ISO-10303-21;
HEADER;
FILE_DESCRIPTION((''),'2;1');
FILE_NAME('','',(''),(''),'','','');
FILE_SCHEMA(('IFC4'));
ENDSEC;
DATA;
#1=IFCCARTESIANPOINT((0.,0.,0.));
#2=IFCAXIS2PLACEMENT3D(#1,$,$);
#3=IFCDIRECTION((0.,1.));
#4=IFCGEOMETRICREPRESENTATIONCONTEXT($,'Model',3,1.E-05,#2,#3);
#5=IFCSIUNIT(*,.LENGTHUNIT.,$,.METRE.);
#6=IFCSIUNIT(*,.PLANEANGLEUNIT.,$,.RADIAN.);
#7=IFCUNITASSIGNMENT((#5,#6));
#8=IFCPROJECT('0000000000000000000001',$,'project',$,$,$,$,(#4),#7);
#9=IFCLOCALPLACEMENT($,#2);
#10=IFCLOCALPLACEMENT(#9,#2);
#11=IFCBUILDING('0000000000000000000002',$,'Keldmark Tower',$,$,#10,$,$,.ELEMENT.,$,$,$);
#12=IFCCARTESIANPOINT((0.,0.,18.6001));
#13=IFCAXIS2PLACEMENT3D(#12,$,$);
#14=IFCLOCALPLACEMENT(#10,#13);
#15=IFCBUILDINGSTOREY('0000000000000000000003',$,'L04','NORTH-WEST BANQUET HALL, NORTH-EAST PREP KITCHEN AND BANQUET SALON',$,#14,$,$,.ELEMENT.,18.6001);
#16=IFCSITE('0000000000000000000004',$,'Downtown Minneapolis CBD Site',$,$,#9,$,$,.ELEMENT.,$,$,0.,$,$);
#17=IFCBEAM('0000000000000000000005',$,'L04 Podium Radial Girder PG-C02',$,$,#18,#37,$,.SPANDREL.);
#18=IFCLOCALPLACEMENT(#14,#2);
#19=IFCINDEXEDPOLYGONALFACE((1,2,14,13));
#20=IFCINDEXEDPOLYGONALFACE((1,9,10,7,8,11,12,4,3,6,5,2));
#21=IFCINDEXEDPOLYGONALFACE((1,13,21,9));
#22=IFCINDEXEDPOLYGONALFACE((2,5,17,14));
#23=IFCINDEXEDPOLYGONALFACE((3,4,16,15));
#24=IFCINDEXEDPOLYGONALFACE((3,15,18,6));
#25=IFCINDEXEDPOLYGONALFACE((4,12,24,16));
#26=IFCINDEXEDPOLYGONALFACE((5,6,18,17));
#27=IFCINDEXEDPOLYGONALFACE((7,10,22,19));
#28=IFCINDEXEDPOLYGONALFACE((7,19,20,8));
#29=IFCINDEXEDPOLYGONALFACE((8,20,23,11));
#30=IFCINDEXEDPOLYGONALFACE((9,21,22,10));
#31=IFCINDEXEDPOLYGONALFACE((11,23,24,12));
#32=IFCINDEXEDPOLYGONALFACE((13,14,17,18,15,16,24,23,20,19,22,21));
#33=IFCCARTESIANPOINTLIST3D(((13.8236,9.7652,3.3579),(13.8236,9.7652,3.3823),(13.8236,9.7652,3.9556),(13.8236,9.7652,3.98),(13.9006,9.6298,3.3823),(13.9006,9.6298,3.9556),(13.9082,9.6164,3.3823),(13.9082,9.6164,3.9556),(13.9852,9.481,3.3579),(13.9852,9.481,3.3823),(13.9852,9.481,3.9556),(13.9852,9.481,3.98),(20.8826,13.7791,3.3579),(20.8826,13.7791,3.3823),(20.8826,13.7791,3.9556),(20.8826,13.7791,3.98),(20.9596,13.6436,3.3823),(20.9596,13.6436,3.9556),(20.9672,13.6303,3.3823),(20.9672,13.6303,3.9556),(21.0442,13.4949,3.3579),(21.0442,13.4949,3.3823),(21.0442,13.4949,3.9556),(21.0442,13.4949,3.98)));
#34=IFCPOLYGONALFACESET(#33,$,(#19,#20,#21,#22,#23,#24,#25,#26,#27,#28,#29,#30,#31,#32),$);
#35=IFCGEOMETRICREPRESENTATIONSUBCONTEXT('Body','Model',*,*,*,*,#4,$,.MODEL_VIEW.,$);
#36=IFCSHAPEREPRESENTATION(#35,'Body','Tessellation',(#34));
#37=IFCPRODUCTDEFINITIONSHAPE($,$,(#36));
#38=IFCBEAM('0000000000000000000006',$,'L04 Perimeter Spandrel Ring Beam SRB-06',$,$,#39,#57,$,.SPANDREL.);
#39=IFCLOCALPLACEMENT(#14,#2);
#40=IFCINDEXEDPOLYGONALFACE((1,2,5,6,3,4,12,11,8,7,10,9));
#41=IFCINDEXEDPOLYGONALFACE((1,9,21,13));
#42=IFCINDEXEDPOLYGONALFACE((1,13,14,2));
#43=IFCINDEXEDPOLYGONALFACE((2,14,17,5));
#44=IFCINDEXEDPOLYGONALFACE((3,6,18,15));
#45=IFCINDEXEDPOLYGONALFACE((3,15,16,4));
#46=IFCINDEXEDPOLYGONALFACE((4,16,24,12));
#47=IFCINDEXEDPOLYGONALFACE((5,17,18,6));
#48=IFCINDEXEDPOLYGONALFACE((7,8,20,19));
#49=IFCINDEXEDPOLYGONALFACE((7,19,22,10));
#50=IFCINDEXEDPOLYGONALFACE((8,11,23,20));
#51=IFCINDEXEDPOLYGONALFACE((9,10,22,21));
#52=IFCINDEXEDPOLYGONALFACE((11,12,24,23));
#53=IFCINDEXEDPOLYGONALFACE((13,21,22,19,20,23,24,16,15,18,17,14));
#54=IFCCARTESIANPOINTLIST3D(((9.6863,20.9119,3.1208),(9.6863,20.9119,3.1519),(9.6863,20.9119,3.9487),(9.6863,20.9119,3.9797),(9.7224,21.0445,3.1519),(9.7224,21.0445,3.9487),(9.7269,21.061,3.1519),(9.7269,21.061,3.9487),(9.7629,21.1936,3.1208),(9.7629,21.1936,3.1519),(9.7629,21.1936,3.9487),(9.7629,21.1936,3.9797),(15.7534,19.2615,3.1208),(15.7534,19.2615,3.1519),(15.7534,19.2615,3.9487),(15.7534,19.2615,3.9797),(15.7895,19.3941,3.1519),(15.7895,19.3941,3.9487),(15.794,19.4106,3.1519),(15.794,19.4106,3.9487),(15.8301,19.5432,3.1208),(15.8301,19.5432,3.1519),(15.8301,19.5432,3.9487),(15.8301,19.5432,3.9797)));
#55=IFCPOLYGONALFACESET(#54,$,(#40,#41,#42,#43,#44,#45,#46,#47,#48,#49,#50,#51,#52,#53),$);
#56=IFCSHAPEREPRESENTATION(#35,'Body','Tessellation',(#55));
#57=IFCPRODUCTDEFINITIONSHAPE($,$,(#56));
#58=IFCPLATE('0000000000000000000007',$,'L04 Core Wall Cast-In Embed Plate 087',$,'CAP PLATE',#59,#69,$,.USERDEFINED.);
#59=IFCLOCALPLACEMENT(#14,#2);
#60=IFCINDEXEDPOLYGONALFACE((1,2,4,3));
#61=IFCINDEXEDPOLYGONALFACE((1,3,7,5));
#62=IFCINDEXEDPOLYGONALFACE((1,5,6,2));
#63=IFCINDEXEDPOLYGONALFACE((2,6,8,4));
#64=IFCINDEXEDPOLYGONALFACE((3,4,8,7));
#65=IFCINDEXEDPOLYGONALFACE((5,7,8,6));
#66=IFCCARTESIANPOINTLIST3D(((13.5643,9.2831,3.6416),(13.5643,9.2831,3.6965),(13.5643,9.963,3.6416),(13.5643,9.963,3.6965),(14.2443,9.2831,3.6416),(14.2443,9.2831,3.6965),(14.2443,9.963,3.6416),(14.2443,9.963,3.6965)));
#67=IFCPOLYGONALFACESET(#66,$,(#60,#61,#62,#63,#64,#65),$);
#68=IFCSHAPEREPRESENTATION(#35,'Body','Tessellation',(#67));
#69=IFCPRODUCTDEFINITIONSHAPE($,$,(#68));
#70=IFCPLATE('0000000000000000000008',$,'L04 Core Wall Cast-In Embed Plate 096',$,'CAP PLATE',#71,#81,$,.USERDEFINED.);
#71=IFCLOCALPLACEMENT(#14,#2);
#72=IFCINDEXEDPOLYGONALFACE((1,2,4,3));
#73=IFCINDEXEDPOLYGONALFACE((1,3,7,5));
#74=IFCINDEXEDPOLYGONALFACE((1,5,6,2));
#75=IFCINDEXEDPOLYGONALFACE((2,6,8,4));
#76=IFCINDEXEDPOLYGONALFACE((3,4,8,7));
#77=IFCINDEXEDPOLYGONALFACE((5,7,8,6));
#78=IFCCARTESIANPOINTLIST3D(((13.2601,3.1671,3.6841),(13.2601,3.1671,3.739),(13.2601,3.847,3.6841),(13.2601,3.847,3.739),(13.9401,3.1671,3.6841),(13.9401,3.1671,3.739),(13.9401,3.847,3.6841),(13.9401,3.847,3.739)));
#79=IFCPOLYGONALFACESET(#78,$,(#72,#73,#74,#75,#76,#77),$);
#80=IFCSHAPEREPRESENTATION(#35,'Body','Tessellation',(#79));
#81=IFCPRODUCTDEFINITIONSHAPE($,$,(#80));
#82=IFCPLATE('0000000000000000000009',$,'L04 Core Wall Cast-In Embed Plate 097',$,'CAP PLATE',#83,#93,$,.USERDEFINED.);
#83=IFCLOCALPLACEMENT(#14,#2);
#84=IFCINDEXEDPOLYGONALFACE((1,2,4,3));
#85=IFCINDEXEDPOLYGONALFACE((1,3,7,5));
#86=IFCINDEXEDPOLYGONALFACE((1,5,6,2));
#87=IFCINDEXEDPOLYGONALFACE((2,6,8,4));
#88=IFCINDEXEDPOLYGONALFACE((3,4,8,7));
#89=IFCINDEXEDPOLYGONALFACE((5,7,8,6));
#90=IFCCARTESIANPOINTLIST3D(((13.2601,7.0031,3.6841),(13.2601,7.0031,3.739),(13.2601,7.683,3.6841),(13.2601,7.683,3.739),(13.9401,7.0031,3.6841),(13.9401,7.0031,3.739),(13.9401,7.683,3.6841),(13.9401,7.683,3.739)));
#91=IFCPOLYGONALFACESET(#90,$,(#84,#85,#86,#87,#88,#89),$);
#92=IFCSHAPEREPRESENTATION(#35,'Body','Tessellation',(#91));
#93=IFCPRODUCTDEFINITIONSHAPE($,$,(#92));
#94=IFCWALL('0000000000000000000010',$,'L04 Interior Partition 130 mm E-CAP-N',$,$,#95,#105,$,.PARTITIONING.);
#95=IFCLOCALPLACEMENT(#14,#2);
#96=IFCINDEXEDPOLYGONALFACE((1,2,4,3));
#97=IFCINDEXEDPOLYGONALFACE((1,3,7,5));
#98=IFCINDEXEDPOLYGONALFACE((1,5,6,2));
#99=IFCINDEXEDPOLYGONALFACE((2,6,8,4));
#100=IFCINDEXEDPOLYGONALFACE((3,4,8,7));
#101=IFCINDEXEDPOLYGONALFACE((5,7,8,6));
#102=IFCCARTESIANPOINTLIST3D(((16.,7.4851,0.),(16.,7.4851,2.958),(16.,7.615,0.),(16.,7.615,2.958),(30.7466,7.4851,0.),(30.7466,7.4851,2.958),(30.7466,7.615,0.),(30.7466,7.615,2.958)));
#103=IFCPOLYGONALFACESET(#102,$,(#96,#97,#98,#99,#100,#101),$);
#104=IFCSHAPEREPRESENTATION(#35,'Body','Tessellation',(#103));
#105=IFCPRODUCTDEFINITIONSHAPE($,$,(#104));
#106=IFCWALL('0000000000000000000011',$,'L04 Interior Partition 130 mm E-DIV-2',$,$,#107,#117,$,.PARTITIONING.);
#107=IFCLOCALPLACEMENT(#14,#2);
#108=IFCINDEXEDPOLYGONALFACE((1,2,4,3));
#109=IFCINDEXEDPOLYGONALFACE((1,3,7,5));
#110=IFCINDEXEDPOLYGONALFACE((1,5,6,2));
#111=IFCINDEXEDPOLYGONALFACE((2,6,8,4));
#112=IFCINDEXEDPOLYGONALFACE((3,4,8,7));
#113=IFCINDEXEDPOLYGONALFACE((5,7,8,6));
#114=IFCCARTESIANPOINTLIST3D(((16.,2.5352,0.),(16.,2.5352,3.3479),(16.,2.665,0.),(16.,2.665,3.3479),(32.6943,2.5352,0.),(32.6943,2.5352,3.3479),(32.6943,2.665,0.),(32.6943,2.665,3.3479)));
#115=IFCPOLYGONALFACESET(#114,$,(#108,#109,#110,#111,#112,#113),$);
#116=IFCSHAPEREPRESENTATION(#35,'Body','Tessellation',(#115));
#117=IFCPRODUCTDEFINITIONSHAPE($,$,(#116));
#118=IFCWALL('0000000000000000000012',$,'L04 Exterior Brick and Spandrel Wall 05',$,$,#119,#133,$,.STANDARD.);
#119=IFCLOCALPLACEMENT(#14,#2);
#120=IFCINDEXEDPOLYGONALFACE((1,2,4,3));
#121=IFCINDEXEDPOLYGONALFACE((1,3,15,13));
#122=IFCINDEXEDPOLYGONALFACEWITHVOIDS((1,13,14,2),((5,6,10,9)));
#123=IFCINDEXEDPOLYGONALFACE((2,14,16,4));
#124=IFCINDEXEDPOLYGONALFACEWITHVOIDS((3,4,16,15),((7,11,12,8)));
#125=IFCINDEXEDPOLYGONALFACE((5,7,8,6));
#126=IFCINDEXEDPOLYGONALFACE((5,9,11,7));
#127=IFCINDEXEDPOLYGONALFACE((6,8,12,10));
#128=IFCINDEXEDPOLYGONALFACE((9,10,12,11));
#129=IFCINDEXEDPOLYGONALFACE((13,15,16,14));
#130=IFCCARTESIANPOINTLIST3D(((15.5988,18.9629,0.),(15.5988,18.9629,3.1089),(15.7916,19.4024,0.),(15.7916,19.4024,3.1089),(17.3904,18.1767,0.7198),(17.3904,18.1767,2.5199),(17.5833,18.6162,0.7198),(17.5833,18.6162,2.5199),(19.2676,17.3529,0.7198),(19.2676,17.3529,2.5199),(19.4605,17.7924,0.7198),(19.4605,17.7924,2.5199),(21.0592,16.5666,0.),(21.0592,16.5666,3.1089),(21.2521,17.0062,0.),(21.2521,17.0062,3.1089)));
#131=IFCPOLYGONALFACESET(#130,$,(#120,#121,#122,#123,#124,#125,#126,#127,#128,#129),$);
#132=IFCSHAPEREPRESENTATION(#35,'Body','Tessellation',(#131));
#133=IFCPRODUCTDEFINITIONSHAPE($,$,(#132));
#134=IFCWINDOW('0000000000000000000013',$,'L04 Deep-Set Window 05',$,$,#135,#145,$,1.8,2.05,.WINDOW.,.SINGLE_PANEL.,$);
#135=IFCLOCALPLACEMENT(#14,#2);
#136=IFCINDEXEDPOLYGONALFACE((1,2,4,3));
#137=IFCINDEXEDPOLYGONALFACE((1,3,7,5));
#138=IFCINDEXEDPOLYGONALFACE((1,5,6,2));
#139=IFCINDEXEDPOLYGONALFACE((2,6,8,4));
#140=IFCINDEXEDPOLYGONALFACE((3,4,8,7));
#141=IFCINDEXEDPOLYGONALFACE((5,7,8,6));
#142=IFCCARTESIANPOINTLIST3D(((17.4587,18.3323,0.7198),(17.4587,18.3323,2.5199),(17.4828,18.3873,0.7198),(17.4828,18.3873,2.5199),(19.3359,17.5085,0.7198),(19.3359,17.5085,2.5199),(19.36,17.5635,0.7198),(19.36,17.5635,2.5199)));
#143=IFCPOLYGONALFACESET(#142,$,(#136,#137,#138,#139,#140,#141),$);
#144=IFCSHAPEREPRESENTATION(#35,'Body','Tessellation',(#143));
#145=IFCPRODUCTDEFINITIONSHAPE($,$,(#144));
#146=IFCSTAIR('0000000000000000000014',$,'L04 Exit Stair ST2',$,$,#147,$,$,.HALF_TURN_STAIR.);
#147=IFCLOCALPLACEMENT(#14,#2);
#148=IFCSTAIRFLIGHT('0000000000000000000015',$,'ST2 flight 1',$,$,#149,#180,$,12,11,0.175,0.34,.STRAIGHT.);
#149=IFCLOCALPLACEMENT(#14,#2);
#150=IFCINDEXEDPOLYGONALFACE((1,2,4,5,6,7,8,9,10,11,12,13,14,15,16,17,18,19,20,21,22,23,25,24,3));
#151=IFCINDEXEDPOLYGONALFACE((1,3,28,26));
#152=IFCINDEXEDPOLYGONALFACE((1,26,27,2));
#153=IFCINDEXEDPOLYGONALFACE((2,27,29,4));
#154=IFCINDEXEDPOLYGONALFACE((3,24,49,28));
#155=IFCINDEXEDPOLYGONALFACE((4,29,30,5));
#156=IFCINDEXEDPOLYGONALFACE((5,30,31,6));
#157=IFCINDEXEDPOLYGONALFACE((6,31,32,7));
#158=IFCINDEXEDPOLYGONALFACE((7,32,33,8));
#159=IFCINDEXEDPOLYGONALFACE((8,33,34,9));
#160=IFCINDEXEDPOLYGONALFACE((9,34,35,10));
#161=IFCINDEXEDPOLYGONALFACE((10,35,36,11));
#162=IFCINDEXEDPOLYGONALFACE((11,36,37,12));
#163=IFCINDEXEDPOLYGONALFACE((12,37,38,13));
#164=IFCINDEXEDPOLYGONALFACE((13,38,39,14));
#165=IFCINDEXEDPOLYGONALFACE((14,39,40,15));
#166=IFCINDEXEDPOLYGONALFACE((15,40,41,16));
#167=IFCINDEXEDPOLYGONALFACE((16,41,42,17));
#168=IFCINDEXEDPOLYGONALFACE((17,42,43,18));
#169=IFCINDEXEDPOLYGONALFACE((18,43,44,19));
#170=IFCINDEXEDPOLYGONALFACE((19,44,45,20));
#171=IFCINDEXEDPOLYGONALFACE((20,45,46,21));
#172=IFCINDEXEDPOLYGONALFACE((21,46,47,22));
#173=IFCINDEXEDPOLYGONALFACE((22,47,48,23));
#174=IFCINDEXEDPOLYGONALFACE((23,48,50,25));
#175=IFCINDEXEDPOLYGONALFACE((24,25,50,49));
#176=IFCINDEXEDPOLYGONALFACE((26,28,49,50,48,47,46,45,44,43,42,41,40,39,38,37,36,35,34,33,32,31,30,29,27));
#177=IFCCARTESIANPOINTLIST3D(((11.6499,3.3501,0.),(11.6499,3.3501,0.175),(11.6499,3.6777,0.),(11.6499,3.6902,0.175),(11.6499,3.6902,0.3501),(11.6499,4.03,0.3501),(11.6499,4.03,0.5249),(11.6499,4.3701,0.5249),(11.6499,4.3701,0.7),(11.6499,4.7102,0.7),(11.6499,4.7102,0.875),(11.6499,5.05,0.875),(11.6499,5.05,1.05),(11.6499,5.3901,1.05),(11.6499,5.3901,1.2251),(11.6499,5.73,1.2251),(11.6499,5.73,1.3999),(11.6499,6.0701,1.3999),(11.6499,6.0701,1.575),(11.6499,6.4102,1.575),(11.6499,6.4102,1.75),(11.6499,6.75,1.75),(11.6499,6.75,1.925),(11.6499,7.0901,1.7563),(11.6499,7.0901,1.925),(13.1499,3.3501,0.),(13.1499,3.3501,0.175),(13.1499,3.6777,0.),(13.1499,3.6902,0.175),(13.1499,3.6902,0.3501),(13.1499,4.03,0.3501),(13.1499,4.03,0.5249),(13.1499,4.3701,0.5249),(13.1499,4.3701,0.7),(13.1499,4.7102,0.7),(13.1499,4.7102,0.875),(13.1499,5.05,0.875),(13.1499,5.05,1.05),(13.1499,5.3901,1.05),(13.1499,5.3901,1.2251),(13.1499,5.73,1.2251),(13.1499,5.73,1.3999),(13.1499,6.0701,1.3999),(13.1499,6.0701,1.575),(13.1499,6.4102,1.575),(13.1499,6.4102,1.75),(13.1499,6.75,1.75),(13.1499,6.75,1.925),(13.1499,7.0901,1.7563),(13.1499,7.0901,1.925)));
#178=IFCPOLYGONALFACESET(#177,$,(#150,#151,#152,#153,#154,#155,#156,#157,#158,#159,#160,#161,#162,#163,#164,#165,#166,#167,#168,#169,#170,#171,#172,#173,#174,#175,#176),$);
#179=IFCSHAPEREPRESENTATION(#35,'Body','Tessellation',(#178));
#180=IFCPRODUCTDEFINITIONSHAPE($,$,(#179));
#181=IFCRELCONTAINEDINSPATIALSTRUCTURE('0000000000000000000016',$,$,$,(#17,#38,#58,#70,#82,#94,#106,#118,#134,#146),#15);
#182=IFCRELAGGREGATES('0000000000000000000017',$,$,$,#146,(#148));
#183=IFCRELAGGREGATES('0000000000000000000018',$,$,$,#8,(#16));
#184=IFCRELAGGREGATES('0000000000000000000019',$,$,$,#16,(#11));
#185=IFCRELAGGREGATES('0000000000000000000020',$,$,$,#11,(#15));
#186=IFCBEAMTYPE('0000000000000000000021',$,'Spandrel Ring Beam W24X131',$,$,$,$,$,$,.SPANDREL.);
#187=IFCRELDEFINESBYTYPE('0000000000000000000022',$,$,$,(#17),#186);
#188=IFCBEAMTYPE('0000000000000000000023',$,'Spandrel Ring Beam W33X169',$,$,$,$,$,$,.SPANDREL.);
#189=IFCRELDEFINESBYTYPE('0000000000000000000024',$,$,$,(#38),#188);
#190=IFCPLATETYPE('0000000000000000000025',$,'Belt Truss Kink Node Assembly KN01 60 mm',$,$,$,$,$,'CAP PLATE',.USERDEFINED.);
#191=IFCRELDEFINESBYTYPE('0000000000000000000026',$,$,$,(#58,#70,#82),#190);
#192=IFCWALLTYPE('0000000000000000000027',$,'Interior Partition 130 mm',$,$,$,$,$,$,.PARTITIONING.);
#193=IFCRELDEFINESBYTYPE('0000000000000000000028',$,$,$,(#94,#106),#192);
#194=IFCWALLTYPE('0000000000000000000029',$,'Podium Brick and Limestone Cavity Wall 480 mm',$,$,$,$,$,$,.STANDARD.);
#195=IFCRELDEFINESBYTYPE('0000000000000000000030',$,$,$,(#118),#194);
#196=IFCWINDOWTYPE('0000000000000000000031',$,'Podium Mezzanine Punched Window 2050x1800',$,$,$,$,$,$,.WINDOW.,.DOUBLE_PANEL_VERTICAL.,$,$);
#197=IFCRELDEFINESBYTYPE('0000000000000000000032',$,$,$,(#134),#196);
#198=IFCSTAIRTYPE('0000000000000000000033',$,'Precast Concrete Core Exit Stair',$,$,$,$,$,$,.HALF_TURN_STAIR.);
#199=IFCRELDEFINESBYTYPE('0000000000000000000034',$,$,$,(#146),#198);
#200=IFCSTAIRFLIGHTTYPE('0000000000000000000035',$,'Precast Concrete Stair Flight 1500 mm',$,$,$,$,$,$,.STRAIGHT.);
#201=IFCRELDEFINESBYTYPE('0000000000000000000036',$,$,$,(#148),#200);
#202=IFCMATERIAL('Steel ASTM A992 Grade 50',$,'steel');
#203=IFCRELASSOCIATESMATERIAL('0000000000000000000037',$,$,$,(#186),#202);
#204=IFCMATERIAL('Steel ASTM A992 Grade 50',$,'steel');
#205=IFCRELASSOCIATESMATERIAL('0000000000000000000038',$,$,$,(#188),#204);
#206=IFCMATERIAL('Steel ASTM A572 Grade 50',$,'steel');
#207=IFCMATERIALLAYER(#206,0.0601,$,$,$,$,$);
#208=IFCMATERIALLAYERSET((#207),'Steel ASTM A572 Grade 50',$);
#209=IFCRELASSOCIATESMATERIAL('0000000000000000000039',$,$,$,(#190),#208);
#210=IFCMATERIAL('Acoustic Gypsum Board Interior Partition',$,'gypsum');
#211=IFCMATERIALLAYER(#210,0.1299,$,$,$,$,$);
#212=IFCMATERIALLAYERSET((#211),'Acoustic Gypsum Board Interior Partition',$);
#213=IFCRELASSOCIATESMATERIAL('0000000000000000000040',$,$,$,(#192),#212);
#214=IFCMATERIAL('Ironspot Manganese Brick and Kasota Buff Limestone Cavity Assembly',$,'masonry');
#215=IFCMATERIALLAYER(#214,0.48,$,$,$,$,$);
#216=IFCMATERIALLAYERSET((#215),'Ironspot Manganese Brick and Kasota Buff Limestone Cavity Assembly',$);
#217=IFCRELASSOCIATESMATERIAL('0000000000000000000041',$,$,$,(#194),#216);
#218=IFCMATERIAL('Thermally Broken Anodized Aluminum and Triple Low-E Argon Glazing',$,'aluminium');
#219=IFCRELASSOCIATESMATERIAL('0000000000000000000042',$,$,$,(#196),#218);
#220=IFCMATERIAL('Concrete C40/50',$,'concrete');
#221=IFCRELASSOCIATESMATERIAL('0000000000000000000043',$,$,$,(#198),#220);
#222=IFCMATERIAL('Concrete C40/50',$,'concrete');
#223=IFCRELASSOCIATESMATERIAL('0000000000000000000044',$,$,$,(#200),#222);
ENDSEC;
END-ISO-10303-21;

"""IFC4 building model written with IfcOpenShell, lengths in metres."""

from ifc_helpers import new_model, si_unit, direction, frame, frame_2d, origin, origin_2d, place, context, subcontext, project, spatial, polyline, rectangle, i_section, outline, extrude, material, layer, layer_set, material_profile, profile_set, type_object, element, fill, aggregate, save


model = new_model("IFC4")

# Units and contexts
model_context = context("Model", 3, precision=1e-05, world=origin(), true_north=direction((0.0, 1.0)))
body_context = subcontext(model_context, "Body", "Model", "MODEL_VIEW")
ifc_project = project(units=[si_unit("LENGTHUNIT", "METRE"), si_unit("PLANEANGLEUNIT", "RADIAN")], contexts=[model_context])

# Site, building, storey
site_placement = place(None, origin())
site = spatial("IfcSite", under=ifc_project, at=site_placement, Name="Downtown Minneapolis CBD Site", CompositionType="ELEMENT", RefElevation=0.0)
building_placement = place(site_placement, origin())
building = spatial("IfcBuilding", under=site, at=building_placement, Name="Keldmark Tower", CompositionType="ELEMENT")
storey_placement = place(building_placement, frame((0.0, 0.0, 18.6001)))
storey = spatial("IfcBuildingStorey", under=building, at=storey_placement, Name="L04", Description="NORTH-WEST BANQUET HALL, NORTH-EAST PREP KITCHEN AND BANQUET SALON", CompositionType="ELEMENT", Elevation=18.6001)

# Beams
ifc_material_1 = material(Name="Steel ASTM A992 Grade 50", Category="steel")
ifc_material_profile_1 = material_profile(ifc_material_1, i_section(OverallWidth=0.3269, OverallDepth=0.6221, WebThickness=0.0154, FlangeThickness=0.0244, at=origin_2d()), Name="W24X131")
ifc_profile_set_1 = profile_set([ifc_material_profile_1], Name="Steel ASTM A992 Grade 50")
beam_type_1 = type_object("IfcBeamType", Name="Spandrel Ring Beam W24X131", PredefinedType="SPANDREL", material=ifc_profile_set_1)
beam_1_placement = place(storey_placement, frame((20.9634, 13.637, 3.6689), z_axis=(-0.869294, -0.494296, 0.0), x_axis=(0.494296, -0.869294, 0.0)))
element("IfcBeam", 1, at=beam_1_placement, inside=storey, type_object=beam_type_1, Name="L04 Podium Radial Girder PG-C02", PredefinedType="SPANDREL", context=body_context, shape_type="SweptSolid", body=[
    extrude(i_section(OverallWidth=0.3269, OverallDepth=0.6221, WebThickness=0.0154, FlangeThickness=0.0244, at=origin_2d()), origin(), (0.0, 0.0, 1.0), 8.1204),
])
ifc_material_2 = material(Name="Steel ASTM A992 Grade 50", Category="steel")
ifc_material_profile_2 = material_profile(ifc_material_2, i_section(OverallWidth=0.292, OverallDepth=0.8589, WebThickness=0.0171, FlangeThickness=0.031, at=origin_2d()), Name="W33X169")
ifc_profile_set_2 = profile_set([ifc_material_profile_2], Name="Steel ASTM A992 Grade 50")
beam_type_2 = type_object("IfcBeamType", Name="Spandrel Ring Beam W33X169", PredefinedType="SPANDREL", material=ifc_profile_set_2)
beam_2_placement = place(storey_placement, frame((15.7917, 19.4023, 3.5503), z_axis=(-0.964937, 0.262483, 0.0), x_axis=(-0.262483, -0.964937, 0.0)))
element("IfcBeam", 2, at=beam_2_placement, inside=storey, type_object=beam_type_2, Name="L04 Perimeter Spandrel Ring Beam SRB-06", PredefinedType="SPANDREL", context=body_context, shape_type="SweptSolid", body=[
    extrude(i_section(OverallWidth=0.292, OverallDepth=0.8589, WebThickness=0.0171, FlangeThickness=0.031, at=origin_2d()), origin(), (0.0, 0.0, 1.0), 6.2876),
])

# Plates
ifc_material_3 = material(Name="Steel ASTM A572 Grade 50", Category="steel")
ifc_layer_1 = layer(ifc_material_3, 0.0601)
ifc_layer_set_1 = layer_set([ifc_layer_1], Name="Steel ASTM A572 Grade 50")
plate_type = type_object("IfcPlateType", Name="Belt Truss Kink Node Assembly KN01 60 mm", ElementType="CAP PLATE", PredefinedType="USERDEFINED", material=ifc_layer_set_1)
for number, where, z_axis, x_axis, name in (
    (3, (13.9043, 9.623, 3.6416), (0.0, 0.0, 1.0), (1.0, 0.0, 0.0), "L04 Core Wall Cast-In Embed Plate 087"),
    (4, (13.6001, 3.5071, 3.6841), (0.0, 0.0, 1.0), (1.0, 0.0, 0.0), "L04 Core Wall Cast-In Embed Plate 096"),
    (5, (13.6001, 7.343, 3.6841), (0.0, 0.0, 1.0), (1.0, 0.0, 0.0), "L04 Core Wall Cast-In Embed Plate 097"),
):
    element("IfcPlate", number, at=place(storey_placement, frame(where, z_axis=z_axis, x_axis=x_axis)), inside=storey, type_object=plate_type, Name=name, ObjectType="CAP PLATE", PredefinedType="USERDEFINED", context=body_context, shape_type="SweptSolid", body=[
        extrude(rectangle(XDim=0.6799, YDim=0.6799, at=origin_2d()), origin(), (0.0, 0.0, 1.0), 0.0549),
    ])

# Walls
ifc_material_4 = material(Name="Acoustic Gypsum Board Interior Partition", Category="gypsum")
ifc_layer_2 = layer(ifc_material_4, 0.1299)
ifc_layer_set_2 = layer_set([ifc_layer_2], Name="Acoustic Gypsum Board Interior Partition")
wall_type_1 = type_object("IfcWallType", Name="Interior Partition 130 mm", PredefinedType="PARTITIONING", material=ifc_layer_set_2)
wall_1_placement = place(storey_placement, frame((16.0, 7.55, 0.0), z_axis=(0.0, 0.0, 1.0), x_axis=(1.0, 0.0, 0.0)))
element("IfcWall", 6, at=wall_1_placement, inside=storey, type_object=wall_type_1, Name="L04 Interior Partition 130 mm E-CAP-N", PredefinedType="PARTITIONING", context=body_context, shape_type="SweptSolid", body=[
    extrude(rectangle(XDim=14.7466, YDim=0.1299, at=frame_2d((7.3733, 0.0))), origin(), (0.0, 0.0, 1.0), 2.958),
])
wall_2_placement = place(storey_placement, frame((16.0, 2.6001, 0.0), z_axis=(0.0, 0.0, 1.0), x_axis=(1.0, 0.0, 0.0)))
element("IfcWall", 7, at=wall_2_placement, inside=storey, type_object=wall_type_1, Name="L04 Interior Partition 130 mm E-DIV-2", PredefinedType="PARTITIONING", context=body_context, shape_type="SweptSolid", body=[
    extrude(rectangle(XDim=16.6943, YDim=0.1299, at=frame_2d((8.3472, 0.0))), origin(), (0.0, 0.0, 1.0), 3.3479),
])

# Wall, opening, window
ifc_material_5 = material(Name="Ironspot Manganese Brick and Kasota Buff Limestone Cavity Assembly", Category="masonry")
ifc_layer_3 = layer(ifc_material_5, 0.48)
ifc_layer_set_3 = layer_set([ifc_layer_3], Name="Ironspot Manganese Brick and Kasota Buff Limestone Cavity Assembly")
wall_type_2 = type_object("IfcWallType", Name="Podium Brick and Limestone Cavity Wall 480 mm", PredefinedType="STANDARD", material=ifc_layer_set_3)
wall_3_placement = place(storey_placement, frame((15.6953, 19.1826, 0.0), z_axis=(0.0, 0.0, 1.0), x_axis=(0.915708, -0.401845, 0.0)))
wall_3 = element("IfcWall", 8, at=wall_3_placement, inside=storey, type_object=wall_type_2, Name="L04 Exterior Brick and Spandrel Wall 05", PredefinedType="STANDARD", context=body_context, shape_type="SweptSolid", body=[
    extrude(rectangle(XDim=5.9631, YDim=0.48, at=frame_2d((2.9814, 0.0))), origin(), (0.0, 0.0, 1.0), 3.1089),
])
opening_1_placement = place(wall_3_placement, frame((1.9565, 0.0, 0.72)))
opening_1 = element("IfcOpeningElement", 9, at=opening_1_placement, cuts=wall_3, PredefinedType="OPENING", context=body_context, shape_type="SweptSolid", body=[
    extrude(rectangle(XDim=2.05, YDim=1.8, at=frame_2d((1.0249, 0.8999))), frame((0.0, 0.25, 0.0), z_axis=(0.0, -1.0, 0.0), x_axis=(1.0, 0.0, 0.0)), (0.0, 0.0, 1.0), 0.5),
])
ifc_material_6 = material(Name="Thermally Broken Anodized Aluminum and Triple Low-E Argon Glazing", Category="aluminium")
window_type = type_object("IfcWindowType", Name="Podium Mezzanine Punched Window 2050x1800", PartitioningType="DOUBLE_PANEL_VERTICAL", PredefinedType="WINDOW", material=ifc_material_6)
window_placement = place(opening_1_placement, origin())
window = element("IfcWindow", 10, at=window_placement, inside=storey, type_object=window_type, Name="L04 Deep-Set Window 05", OverallHeight=1.8, OverallWidth=2.05, PartitioningType="SINGLE_PANEL", PredefinedType="WINDOW", context=body_context, shape_type="SweptSolid", body=[
    extrude(rectangle(XDim=2.05, YDim=1.8, at=frame_2d((1.0249, 0.8999))), frame((0.0, -0.01, 0.0), z_axis=(0.0, -1.0, 0.0), x_axis=(1.0, 0.0, 0.0)), (0.0, 0.0, 1.0), 0.0601),
])
fill(opening_1, window)

# Stair, stair flight
ifc_material_7 = material(Name="Concrete C40/50", Category="concrete")
stair_type = type_object("IfcStairType", Name="Precast Concrete Core Exit Stair", PredefinedType="HALF_TURN_STAIR", material=ifc_material_7)
stair_placement = place(storey_placement, origin())
stair = element("IfcStair", 11, at=stair_placement, inside=storey, type_object=stair_type, Name="L04 Exit Stair ST2", PredefinedType="HALF_TURN_STAIR")
ifc_material_8 = material(Name="Concrete C40/50", Category="concrete")
stair_flight_type = type_object("IfcStairFlightType", Name="Precast Concrete Stair Flight 1500 mm", PredefinedType="STRAIGHT", material=ifc_material_8)
stair_flight_placement = place(storey_placement, frame((12.3999, 3.3501, 0.0), z_axis=(0.0, 0.0, 1.0), x_axis=(0.0, 1.0, 0.0)))
stair_flight = element("IfcStairFlight", 12, at=stair_flight_placement, type_object=stair_flight_type, Name="ST2 flight 1", NumberOfRisers=12, NumberOfTreads=11, PredefinedType="STRAIGHT", RiserHeight=0.175, TreadLength=0.34, context=body_context, shape_type="SweptSolid", body=[
    extrude(outline(polyline([(0.0, 0.0), (0.0, 0.175), (0.3401, 0.175), (0.3401, 0.3501), (0.6799, 0.3501), (0.6799, 0.5249), (1.02, 0.5249), (1.02, 0.7), (1.3601, 0.7), (1.3601, 0.875), (1.7, 0.875), (1.7, 1.05), (2.04, 1.05), (2.04, 1.2251), (2.3799, 1.2251), (2.3799, 1.3999), (2.72, 1.3999), (2.72, 1.575), (3.0601, 1.575), (3.0601, 1.75), (3.3999, 1.75), (3.3999, 1.925), (3.74, 1.925), (3.74, 2.1001), (3.74, 1.7563), (0.3276, 0.0), (0.0, 0.0)])), frame((0.0, 0.75, 0.0), z_axis=(0.0, -1.0, 0.0), x_axis=(1.0, 0.0, 0.0)), (0.0, 0.0, 1.0), 1.5),
])
aggregate(stair, [stair_flight])

save(model, "model.ifc")
